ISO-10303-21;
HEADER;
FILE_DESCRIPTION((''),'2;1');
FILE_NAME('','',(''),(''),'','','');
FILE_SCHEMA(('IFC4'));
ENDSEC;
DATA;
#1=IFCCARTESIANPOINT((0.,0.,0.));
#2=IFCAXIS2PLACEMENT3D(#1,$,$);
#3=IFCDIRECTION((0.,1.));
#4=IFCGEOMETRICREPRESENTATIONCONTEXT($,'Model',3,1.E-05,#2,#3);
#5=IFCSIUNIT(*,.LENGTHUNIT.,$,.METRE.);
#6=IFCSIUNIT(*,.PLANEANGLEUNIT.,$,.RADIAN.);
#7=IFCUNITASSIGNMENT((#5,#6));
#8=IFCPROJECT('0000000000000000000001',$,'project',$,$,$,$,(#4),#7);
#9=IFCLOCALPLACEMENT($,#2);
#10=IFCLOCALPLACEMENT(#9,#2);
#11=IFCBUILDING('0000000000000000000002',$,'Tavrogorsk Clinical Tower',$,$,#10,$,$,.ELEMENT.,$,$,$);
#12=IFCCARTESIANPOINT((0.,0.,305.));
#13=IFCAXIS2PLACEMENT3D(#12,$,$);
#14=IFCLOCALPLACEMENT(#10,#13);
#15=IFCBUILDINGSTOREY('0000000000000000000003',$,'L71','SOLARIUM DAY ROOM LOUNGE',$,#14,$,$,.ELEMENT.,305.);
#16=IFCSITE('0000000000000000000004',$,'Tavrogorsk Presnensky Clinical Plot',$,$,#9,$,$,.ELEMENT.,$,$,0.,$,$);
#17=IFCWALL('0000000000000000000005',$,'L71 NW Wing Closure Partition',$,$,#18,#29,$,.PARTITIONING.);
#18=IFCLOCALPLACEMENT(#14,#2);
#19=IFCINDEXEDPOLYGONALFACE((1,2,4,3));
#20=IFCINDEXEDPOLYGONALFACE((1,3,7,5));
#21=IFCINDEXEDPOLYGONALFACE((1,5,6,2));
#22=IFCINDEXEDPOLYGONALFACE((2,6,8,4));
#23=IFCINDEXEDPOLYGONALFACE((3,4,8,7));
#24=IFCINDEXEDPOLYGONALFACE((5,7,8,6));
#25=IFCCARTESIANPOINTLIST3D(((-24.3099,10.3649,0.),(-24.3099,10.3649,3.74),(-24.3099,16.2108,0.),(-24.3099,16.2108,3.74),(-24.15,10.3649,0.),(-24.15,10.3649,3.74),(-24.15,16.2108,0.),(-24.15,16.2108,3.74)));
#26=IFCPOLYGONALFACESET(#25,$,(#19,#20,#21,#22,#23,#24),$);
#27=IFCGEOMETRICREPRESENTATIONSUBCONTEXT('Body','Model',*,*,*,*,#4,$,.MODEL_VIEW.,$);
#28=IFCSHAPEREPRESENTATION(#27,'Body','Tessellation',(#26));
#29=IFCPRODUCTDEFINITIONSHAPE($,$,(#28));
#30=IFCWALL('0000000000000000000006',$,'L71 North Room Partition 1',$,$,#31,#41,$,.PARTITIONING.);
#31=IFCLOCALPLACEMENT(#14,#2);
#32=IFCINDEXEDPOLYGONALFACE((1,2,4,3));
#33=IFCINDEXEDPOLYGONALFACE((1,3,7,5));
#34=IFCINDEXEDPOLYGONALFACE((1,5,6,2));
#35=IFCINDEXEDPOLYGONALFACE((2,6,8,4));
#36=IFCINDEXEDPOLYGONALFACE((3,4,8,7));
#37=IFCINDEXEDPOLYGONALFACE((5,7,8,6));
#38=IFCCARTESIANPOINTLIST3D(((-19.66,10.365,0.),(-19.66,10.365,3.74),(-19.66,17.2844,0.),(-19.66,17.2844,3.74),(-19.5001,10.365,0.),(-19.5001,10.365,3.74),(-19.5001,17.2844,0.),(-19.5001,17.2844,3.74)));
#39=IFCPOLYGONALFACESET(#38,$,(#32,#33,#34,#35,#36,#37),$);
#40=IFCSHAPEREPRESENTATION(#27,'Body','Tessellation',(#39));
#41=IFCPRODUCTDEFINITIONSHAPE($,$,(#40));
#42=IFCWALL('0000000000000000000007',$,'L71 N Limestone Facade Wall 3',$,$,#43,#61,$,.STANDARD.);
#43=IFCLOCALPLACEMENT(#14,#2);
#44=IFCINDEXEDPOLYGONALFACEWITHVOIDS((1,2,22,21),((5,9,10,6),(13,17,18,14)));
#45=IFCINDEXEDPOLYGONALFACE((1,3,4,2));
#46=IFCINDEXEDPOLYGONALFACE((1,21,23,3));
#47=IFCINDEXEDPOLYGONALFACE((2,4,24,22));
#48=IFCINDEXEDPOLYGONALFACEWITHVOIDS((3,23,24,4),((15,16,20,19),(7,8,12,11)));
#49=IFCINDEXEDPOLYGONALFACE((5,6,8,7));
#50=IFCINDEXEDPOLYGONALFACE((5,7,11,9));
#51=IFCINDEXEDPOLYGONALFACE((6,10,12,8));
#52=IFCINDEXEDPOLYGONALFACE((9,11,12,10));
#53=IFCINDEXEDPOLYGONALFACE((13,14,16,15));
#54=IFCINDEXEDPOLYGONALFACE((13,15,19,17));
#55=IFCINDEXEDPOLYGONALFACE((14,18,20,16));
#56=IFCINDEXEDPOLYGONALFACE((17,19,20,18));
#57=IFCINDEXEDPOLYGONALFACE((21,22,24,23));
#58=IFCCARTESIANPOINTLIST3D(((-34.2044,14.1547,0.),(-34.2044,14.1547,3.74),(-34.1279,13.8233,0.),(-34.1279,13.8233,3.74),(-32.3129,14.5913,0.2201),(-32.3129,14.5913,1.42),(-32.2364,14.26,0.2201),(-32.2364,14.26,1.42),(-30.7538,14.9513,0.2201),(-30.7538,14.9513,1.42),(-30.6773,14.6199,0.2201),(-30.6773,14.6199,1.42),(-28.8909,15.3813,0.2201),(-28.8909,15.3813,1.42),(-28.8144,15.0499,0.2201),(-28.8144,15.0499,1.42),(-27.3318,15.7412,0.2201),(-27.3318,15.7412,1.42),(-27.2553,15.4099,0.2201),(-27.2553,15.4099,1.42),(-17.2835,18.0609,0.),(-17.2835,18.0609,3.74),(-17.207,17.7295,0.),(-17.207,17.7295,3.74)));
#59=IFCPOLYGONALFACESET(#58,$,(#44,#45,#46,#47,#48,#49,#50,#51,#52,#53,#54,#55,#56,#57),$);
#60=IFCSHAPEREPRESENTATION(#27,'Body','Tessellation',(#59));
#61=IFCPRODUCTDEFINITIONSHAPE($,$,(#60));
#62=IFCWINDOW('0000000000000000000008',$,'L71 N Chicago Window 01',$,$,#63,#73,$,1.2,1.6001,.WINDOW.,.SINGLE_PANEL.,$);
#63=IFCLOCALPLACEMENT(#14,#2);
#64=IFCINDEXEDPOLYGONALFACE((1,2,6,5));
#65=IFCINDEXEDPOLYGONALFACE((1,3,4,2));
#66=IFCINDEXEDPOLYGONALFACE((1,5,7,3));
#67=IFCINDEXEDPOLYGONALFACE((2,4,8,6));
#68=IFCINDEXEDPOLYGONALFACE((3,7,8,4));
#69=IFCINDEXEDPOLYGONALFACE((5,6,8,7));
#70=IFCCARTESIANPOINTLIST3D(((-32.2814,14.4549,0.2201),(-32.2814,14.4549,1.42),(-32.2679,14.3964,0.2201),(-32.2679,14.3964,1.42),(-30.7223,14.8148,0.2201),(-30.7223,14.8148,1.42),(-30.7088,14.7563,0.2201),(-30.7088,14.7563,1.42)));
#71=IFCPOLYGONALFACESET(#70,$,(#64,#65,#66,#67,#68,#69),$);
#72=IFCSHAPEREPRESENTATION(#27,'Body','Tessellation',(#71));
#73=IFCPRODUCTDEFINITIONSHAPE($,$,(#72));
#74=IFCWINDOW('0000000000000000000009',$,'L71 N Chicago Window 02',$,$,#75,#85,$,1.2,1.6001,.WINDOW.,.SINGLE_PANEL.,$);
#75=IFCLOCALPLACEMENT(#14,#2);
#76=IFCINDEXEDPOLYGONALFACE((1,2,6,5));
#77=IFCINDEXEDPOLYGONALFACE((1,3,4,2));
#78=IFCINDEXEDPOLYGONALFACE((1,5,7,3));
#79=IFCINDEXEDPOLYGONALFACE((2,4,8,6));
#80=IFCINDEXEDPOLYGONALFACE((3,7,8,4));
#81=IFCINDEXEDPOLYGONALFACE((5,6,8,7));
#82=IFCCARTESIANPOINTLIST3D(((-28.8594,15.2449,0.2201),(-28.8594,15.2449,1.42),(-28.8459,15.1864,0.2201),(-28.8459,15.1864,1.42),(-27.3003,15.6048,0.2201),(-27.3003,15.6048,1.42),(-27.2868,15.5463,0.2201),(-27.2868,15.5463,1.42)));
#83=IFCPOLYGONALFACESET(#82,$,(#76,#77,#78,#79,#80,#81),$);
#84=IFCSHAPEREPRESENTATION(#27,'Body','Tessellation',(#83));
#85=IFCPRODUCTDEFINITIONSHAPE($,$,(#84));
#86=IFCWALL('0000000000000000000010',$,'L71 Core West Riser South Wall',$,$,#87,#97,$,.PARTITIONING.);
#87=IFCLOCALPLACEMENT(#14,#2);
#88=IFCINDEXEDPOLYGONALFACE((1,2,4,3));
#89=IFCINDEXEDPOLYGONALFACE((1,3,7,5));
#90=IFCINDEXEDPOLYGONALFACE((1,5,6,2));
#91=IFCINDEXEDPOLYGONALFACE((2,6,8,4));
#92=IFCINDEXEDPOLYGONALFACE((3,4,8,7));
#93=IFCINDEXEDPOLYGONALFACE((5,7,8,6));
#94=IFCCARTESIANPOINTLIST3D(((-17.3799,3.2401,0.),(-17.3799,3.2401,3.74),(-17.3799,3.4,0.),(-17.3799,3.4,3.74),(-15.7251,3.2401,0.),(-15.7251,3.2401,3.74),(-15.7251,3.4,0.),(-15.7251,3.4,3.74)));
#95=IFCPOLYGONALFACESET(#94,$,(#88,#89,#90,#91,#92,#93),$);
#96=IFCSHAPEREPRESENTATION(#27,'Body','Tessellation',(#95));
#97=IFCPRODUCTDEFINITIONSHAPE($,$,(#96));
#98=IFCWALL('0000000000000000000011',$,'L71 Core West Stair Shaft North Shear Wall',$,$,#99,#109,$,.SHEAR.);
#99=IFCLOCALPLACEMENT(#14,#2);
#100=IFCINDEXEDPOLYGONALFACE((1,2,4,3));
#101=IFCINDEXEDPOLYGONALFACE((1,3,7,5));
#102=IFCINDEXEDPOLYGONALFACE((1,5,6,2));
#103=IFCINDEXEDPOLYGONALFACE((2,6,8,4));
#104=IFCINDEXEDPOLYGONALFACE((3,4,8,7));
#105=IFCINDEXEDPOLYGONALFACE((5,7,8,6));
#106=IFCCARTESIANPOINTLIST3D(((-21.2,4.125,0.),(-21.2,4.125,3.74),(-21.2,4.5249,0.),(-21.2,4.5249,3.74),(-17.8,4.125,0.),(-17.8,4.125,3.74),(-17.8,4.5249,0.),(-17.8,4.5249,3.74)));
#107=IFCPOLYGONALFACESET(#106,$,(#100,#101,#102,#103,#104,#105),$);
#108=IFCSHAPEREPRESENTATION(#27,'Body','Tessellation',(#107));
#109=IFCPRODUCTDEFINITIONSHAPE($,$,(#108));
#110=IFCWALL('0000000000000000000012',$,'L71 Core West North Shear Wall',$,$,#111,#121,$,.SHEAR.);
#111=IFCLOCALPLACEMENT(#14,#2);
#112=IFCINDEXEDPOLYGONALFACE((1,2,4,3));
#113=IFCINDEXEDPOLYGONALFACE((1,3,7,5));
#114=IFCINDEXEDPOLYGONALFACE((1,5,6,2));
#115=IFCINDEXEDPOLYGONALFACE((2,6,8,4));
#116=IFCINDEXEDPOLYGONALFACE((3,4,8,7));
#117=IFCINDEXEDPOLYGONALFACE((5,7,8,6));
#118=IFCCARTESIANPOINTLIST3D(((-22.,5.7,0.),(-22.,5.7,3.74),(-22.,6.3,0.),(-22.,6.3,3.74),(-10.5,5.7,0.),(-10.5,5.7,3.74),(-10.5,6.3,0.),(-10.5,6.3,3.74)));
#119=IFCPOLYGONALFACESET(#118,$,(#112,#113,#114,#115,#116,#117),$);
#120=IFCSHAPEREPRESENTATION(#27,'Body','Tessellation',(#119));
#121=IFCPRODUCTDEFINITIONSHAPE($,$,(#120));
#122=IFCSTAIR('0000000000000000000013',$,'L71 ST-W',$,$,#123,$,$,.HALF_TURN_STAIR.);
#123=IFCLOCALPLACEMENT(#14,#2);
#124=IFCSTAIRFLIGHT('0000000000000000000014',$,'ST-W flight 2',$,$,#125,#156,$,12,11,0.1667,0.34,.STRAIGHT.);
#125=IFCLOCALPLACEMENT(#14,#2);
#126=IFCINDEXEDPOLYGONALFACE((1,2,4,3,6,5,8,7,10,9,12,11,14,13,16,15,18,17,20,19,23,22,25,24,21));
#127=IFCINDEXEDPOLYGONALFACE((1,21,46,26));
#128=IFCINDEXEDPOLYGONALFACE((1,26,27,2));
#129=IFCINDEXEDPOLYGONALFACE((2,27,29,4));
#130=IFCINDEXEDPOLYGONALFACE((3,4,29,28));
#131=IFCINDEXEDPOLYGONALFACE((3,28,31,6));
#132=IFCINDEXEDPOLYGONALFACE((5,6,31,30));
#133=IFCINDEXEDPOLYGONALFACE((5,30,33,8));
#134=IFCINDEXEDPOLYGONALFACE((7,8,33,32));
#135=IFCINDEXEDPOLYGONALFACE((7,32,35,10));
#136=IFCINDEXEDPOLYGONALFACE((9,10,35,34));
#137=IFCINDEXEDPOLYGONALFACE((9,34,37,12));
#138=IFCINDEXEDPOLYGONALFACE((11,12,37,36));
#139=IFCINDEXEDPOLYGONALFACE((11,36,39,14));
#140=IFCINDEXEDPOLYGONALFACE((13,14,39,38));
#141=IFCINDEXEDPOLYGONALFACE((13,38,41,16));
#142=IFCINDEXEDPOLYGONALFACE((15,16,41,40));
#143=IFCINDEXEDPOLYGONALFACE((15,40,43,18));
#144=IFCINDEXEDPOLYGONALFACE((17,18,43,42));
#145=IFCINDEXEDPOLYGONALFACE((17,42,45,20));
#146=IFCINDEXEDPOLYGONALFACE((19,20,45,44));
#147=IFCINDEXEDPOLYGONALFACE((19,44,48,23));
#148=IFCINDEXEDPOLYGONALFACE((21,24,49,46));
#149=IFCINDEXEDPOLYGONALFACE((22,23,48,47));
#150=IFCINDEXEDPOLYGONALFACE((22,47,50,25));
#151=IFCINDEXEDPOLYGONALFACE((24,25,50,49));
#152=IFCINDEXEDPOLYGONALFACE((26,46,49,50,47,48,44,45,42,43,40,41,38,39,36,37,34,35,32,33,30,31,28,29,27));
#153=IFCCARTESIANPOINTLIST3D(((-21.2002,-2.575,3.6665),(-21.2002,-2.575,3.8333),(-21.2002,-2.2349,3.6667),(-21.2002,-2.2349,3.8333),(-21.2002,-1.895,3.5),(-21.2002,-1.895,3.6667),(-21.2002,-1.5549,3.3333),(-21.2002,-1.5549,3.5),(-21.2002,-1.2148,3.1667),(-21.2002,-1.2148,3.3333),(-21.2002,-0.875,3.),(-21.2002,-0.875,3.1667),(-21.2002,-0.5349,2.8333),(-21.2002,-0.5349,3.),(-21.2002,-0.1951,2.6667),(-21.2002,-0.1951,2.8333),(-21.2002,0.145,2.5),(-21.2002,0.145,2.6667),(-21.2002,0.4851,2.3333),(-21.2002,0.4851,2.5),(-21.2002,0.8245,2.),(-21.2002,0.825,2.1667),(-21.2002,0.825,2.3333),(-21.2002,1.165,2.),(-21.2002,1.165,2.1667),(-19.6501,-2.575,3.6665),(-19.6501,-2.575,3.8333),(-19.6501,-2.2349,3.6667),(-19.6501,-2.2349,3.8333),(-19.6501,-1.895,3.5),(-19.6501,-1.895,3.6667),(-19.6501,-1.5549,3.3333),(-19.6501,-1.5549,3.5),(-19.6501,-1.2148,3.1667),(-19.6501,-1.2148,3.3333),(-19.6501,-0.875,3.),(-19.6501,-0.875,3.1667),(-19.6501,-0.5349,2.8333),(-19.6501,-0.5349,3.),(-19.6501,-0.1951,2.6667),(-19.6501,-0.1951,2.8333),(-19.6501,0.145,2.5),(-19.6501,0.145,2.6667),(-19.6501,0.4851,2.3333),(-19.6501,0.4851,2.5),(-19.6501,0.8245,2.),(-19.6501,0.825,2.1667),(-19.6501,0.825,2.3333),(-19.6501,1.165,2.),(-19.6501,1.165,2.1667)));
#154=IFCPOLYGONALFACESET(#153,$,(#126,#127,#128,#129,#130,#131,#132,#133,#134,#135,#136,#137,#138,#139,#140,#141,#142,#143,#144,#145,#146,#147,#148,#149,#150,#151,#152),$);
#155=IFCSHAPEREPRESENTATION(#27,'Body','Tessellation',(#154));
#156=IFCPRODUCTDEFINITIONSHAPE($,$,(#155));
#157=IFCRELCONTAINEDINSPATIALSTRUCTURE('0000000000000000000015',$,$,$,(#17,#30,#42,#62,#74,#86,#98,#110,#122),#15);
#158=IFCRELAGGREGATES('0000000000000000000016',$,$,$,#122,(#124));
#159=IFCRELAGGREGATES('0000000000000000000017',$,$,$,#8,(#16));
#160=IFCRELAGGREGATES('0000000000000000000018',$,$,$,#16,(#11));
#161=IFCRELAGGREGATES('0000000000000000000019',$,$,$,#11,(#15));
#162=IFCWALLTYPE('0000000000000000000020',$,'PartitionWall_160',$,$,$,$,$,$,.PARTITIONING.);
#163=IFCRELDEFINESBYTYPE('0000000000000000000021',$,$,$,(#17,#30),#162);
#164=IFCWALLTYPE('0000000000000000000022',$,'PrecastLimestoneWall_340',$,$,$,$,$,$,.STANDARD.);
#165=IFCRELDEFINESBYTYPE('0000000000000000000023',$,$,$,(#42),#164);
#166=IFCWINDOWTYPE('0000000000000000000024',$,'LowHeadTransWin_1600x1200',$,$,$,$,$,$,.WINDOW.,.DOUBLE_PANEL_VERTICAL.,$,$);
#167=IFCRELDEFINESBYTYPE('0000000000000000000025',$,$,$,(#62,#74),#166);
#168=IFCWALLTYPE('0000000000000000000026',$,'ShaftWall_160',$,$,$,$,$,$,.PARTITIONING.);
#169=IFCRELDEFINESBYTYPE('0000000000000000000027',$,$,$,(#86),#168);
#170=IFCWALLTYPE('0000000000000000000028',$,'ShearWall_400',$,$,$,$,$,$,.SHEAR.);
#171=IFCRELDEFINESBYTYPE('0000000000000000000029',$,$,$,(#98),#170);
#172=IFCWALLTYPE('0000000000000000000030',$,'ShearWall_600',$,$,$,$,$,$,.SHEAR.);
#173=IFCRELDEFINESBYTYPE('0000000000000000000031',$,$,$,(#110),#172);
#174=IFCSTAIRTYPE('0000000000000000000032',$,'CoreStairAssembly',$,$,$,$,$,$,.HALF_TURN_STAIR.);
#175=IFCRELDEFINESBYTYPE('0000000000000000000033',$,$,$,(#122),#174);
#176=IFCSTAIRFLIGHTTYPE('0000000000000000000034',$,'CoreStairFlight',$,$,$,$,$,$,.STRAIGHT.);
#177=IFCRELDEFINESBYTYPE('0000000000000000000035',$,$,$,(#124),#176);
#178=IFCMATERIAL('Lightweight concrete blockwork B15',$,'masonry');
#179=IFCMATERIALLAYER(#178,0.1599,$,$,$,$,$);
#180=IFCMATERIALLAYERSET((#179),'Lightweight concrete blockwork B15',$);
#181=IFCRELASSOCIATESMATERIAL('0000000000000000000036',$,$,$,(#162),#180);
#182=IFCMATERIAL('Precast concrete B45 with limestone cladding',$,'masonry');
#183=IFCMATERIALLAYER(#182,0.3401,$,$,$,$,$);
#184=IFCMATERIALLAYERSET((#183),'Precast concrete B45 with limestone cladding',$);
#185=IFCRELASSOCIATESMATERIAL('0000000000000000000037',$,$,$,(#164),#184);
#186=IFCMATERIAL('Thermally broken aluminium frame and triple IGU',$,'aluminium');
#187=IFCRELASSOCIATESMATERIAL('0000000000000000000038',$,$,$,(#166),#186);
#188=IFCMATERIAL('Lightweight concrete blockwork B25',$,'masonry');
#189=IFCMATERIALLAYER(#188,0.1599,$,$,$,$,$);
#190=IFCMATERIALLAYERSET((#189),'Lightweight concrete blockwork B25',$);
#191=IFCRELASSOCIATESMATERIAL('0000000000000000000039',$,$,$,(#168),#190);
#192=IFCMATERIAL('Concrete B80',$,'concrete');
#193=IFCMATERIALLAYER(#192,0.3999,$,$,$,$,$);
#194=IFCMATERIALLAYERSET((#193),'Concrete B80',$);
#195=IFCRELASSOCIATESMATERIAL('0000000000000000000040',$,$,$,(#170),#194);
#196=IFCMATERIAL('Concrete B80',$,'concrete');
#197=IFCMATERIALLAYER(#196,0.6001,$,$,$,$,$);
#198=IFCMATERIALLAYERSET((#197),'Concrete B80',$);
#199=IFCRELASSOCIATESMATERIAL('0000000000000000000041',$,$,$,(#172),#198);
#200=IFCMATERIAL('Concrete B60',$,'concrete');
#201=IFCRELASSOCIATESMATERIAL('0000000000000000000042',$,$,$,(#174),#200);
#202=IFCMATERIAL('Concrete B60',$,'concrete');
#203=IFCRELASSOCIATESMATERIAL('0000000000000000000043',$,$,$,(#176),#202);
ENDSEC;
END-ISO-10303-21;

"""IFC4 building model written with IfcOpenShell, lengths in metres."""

from ifc_helpers import new_model, si_unit, direction, frame, frame_2d, origin, place, context, subcontext, project, spatial, polyline, rectangle, outline, extrude, material, layer, layer_set, type_object, element, fill, aggregate, save


model = new_model("IFC4")

# Units and contexts
model_context = context("Model", 3, precision=1e-05, world=origin(), true_north=direction((0.0, 1.0)))
body_context = subcontext(model_context, "Body", "Model", "MODEL_VIEW")
ifc_project = project(units=[si_unit("LENGTHUNIT", "METRE"), si_unit("PLANEANGLEUNIT", "RADIAN")], contexts=[model_context])

# Site, building, storey
site_placement = place(None, origin())
site = spatial("IfcSite", under=ifc_project, at=site_placement, Name="Tavrogorsk Presnensky Clinical Plot", CompositionType="ELEMENT", RefElevation=0.0)
building_placement = place(site_placement, origin())
building = spatial("IfcBuilding", under=site, at=building_placement, Name="Tavrogorsk Clinical Tower", CompositionType="ELEMENT")
storey_placement = place(building_placement, frame((0.0, 0.0, 305.0)))
storey = spatial("IfcBuildingStorey", under=building, at=storey_placement, Name="L71", Description="SOLARIUM DAY ROOM LOUNGE", CompositionType="ELEMENT", Elevation=305.0)

# Shared definitions
ifc_material_1 = material(Name="Lightweight concrete blockwork B15", Category="masonry")
ifc_layer_1 = layer(ifc_material_1, 0.1599)
ifc_layer_set_1 = layer_set([ifc_layer_1], Name="Lightweight concrete blockwork B15")
wall_type_1 = type_object("IfcWallType", Name="PartitionWall_160", PredefinedType="PARTITIONING", material=ifc_layer_set_1)

# Walls
wall_1_placement = place(storey_placement, frame((-24.23, 10.365, 0.0), z_axis=(0.0, 0.0, 1.0), x_axis=(0.0, 1.0, 0.0)))
element("IfcWall", 1, at=wall_1_placement, inside=storey, type_object=wall_type_1, Name="L71 NW Wing Closure Partition", PredefinedType="PARTITIONING", context=body_context, shape_type="SweptSolid", body=[
    extrude(rectangle(XDim=5.8459, YDim=0.1599, at=frame_2d((2.9229, 0.0))), origin(), (0.0, 0.0, 1.0), 3.74),
])
wall_2_placement = place(storey_placement, frame((-19.5801, 10.365, 0.0), z_axis=(0.0, 0.0, 1.0), x_axis=(0.0, 1.0, 0.0)))
element("IfcWall", 2, at=wall_2_placement, inside=storey, type_object=wall_type_1, Name="L71 North Room Partition 1", PredefinedType="PARTITIONING", context=body_context, shape_type="SweptSolid", body=[
    extrude(rectangle(XDim=6.9194, YDim=0.1599, at=frame_2d((3.4597, 0.0))), origin(), (0.0, 0.0, 1.0), 3.74),
])

# Wall, openings, windows
ifc_material_2 = material(Name="Precast concrete B45 with limestone cladding", Category="masonry")
ifc_layer_2 = layer(ifc_material_2, 0.3401)
ifc_layer_set_2 = layer_set([ifc_layer_2], Name="Precast concrete B45 with limestone cladding")
wall_type_2 = type_object("IfcWallType", Name="PrecastLimestoneWall_340", PredefinedType="STANDARD", material=ifc_layer_set_2)
wall_3_placement = place(storey_placement, frame((-17.2451, 17.8953, 0.0), z_axis=(0.0, 0.0, 1.0), x_axis=(-0.974373, -0.224938, 0.0)))
wall_3 = element("IfcWall", 3, at=wall_3_placement, inside=storey, type_object=wall_type_2, Name="L71 N Limestone Facade Wall 3", PredefinedType="STANDARD", context=body_context, shape_type="SweptSolid", body=[
    extrude(rectangle(XDim=17.366, YDim=0.3401, at=frame_2d((8.6831, 0.0))), origin(), (0.0, 0.0, 1.0), 3.74),
])
opening_1_placement = place(wall_3_placement, frame((13.8247, 0.0, 0.22)))
opening_1 = element("IfcOpeningElement", 4, at=opening_1_placement, cuts=wall_3, PredefinedType="OPENING", context=body_context, shape_type="SweptSolid", body=[
    extrude(rectangle(XDim=1.6001, YDim=1.2, at=frame_2d((0.8, 0.6001))), frame((0.0, 0.1799, 0.0), z_axis=(0.0, -1.0, 0.0), x_axis=(1.0, 0.0, 0.0)), (0.0, 0.0, 1.0), 0.3601),
])
opening_2_placement = place(wall_3_placement, frame((10.3127, 0.0, 0.22)))
opening_2 = element("IfcOpeningElement", 5, at=opening_2_placement, cuts=wall_3, PredefinedType="OPENING", context=body_context, shape_type="SweptSolid", body=[
    extrude(rectangle(XDim=1.6001, YDim=1.2, at=frame_2d((0.8, 0.6001))), frame((0.0, 0.1799, 0.0), z_axis=(0.0, -1.0, 0.0), x_axis=(1.0, 0.0, 0.0)), (0.0, 0.0, 1.0), 0.3601),
])
ifc_material_3 = material(Name="Thermally broken aluminium frame and triple IGU", Category="aluminium")
window_type = type_object("IfcWindowType", Name="LowHeadTransWin_1600x1200", PartitioningType="DOUBLE_PANEL_VERTICAL", PredefinedType="WINDOW", material=ifc_material_3)
window_1_placement = place(opening_1_placement, origin())
window_1 = element("IfcWindow", 6, at=window_1_placement, inside=storey, type_object=window_type, Name="L71 N Chicago Window 01", OverallHeight=1.2, OverallWidth=1.6001, PartitioningType="SINGLE_PANEL", PredefinedType="WINDOW", context=body_context, shape_type="SweptSolid", body=[
    extrude(rectangle(XDim=1.6001, YDim=1.2, at=frame_2d((0.8, 0.6001))), frame((0.0, 0.03, 0.0), z_axis=(0.0, -1.0, 0.0), x_axis=(1.0, 0.0, 0.0)), (0.0, 0.0, 1.0), 0.0601),
])
fill(opening_1, window_1)
window_2_placement = place(opening_2_placement, origin())
window_2 = element("IfcWindow", 7, at=window_2_placement, inside=storey, type_object=window_type, Name="L71 N Chicago Window 02", OverallHeight=1.2, OverallWidth=1.6001, PartitioningType="SINGLE_PANEL", PredefinedType="WINDOW", context=body_context, shape_type="SweptSolid", body=[
    extrude(rectangle(XDim=1.6001, YDim=1.2, at=frame_2d((0.8, 0.6001))), frame((0.0, 0.03, 0.0), z_axis=(0.0, -1.0, 0.0), x_axis=(1.0, 0.0, 0.0)), (0.0, 0.0, 1.0), 0.0601),
])
fill(opening_2, window_2)

# Walls
ifc_material_4 = material(Name="Lightweight concrete blockwork B25", Category="masonry")
ifc_layer_3 = layer(ifc_material_4, 0.1599)
ifc_layer_set_3 = layer_set([ifc_layer_3], Name="Lightweight concrete blockwork B25")
wall_type_3 = type_object("IfcWallType", Name="ShaftWall_160", PredefinedType="PARTITIONING", material=ifc_layer_set_3)
wall_4_placement = place(storey_placement, frame((-17.3799, 3.3201, 0.0), z_axis=(0.0, 0.0, 1.0), x_axis=(1.0, 0.0, 0.0)))
element("IfcWall", 8, at=wall_4_placement, inside=storey, type_object=wall_type_3, Name="L71 Core West Riser South Wall", PredefinedType="PARTITIONING", context=body_context, shape_type="SweptSolid", body=[
    extrude(rectangle(XDim=1.6548, YDim=0.1599, at=frame_2d((0.8274, 0.0))), origin(), (0.0, 0.0, 1.0), 3.74),
])
ifc_material_5 = material(Name="Concrete B80", Category="concrete")
ifc_layer_4 = layer(ifc_material_5, 0.3999)
ifc_layer_set_4 = layer_set([ifc_layer_4], Name="Concrete B80")
wall_type_4 = type_object("IfcWallType", Name="ShearWall_400", PredefinedType="SHEAR", material=ifc_layer_set_4)
wall_5_placement = place(storey_placement, frame((-21.2, 4.325, 0.0), z_axis=(0.0, 0.0, 1.0), x_axis=(1.0, 0.0, 0.0)))
element("IfcWall", 9, at=wall_5_placement, inside=storey, type_object=wall_type_4, Name="L71 Core West Stair Shaft North Shear Wall", PredefinedType="SHEAR", context=body_context, shape_type="SweptSolid", body=[
    extrude(rectangle(XDim=3.3999, YDim=0.3999, at=frame_2d((1.7, 0.0))), origin(), (0.0, 0.0, 1.0), 3.74),
])
ifc_material_6 = material(Name="Concrete B80", Category="concrete")
ifc_layer_5 = layer(ifc_material_6, 0.6001)
ifc_layer_set_5 = layer_set([ifc_layer_5], Name="Concrete B80")
wall_type_5 = type_object("IfcWallType", Name="ShearWall_600", PredefinedType="SHEAR", material=ifc_layer_set_5)
wall_6_placement = place(storey_placement, frame((-22.0, 6.0, 0.0), z_axis=(0.0, 0.0, 1.0), x_axis=(1.0, 0.0, 0.0)))
element("IfcWall", 10, at=wall_6_placement, inside=storey, type_object=wall_type_5, Name="L71 Core West North Shear Wall", PredefinedType="SHEAR", context=body_context, shape_type="SweptSolid", body=[
    extrude(rectangle(XDim=11.5, YDim=0.6001, at=frame_2d((5.75, 0.0))), origin(), (0.0, 0.0, 1.0), 3.74),
])

# Stair, stair flight
ifc_material_7 = material(Name="Concrete B60", Category="concrete")
stair_type = type_object("IfcStairType", Name="CoreStairAssembly", PredefinedType="HALF_TURN_STAIR", material=ifc_material_7)
stair_placement = place(storey_placement, origin())
stair = element("IfcStair", 11, at=stair_placement, inside=storey, type_object=stair_type, Name="L71 ST-W", PredefinedType="HALF_TURN_STAIR")
ifc_material_8 = material(Name="Concrete B60", Category="concrete")
stair_flight_type = type_object("IfcStairFlightType", Name="CoreStairFlight", PredefinedType="STRAIGHT", material=ifc_material_8)
stair_flight_placement = place(storey_placement, frame((-20.425, 1.165, 2.0), z_axis=(0.0, 0.0, 1.0), x_axis=(0.0, -1.0, 0.0)))
stair_flight = element("IfcStairFlight", 12, at=stair_flight_placement, type_object=stair_flight_type, Name="ST-W flight 2", NumberOfRisers=12, NumberOfTreads=11, PredefinedType="STRAIGHT", RiserHeight=0.1667, TreadLength=0.34, context=body_context, shape_type="SweptSolid", body=[
    extrude(outline(polyline([(0.0, 0.0), (0.0, 0.1667), (0.3401, 0.1667), (0.3401, 0.3333), (0.6799, 0.3333), (0.6799, 0.5), (1.02, 0.5), (1.02, 0.6667), (1.3601, 0.6667), (1.3601, 0.8333), (1.7, 0.8333), (1.7, 1.0), (2.04, 1.0), (2.04, 1.1667), (2.3799, 1.1667), (2.3799, 1.3333), (2.72, 1.3333), (2.72, 1.5), (3.0601, 1.5), (3.0601, 1.6667), (3.3999, 1.6667), (3.3999, 1.8333), (3.74, 1.8333), (3.74, 2.0), (3.74, 1.6665), (0.3406, 0.0), (0.0, 0.0)])), frame((0.0, 0.7749, 0.0), z_axis=(0.0, -1.0, 0.0), x_axis=(1.0, 0.0, 0.0)), (0.0, 0.0, 1.0), 1.55),
])
aggregate(stair, [stair_flight])

save(model, "model.ifc")
